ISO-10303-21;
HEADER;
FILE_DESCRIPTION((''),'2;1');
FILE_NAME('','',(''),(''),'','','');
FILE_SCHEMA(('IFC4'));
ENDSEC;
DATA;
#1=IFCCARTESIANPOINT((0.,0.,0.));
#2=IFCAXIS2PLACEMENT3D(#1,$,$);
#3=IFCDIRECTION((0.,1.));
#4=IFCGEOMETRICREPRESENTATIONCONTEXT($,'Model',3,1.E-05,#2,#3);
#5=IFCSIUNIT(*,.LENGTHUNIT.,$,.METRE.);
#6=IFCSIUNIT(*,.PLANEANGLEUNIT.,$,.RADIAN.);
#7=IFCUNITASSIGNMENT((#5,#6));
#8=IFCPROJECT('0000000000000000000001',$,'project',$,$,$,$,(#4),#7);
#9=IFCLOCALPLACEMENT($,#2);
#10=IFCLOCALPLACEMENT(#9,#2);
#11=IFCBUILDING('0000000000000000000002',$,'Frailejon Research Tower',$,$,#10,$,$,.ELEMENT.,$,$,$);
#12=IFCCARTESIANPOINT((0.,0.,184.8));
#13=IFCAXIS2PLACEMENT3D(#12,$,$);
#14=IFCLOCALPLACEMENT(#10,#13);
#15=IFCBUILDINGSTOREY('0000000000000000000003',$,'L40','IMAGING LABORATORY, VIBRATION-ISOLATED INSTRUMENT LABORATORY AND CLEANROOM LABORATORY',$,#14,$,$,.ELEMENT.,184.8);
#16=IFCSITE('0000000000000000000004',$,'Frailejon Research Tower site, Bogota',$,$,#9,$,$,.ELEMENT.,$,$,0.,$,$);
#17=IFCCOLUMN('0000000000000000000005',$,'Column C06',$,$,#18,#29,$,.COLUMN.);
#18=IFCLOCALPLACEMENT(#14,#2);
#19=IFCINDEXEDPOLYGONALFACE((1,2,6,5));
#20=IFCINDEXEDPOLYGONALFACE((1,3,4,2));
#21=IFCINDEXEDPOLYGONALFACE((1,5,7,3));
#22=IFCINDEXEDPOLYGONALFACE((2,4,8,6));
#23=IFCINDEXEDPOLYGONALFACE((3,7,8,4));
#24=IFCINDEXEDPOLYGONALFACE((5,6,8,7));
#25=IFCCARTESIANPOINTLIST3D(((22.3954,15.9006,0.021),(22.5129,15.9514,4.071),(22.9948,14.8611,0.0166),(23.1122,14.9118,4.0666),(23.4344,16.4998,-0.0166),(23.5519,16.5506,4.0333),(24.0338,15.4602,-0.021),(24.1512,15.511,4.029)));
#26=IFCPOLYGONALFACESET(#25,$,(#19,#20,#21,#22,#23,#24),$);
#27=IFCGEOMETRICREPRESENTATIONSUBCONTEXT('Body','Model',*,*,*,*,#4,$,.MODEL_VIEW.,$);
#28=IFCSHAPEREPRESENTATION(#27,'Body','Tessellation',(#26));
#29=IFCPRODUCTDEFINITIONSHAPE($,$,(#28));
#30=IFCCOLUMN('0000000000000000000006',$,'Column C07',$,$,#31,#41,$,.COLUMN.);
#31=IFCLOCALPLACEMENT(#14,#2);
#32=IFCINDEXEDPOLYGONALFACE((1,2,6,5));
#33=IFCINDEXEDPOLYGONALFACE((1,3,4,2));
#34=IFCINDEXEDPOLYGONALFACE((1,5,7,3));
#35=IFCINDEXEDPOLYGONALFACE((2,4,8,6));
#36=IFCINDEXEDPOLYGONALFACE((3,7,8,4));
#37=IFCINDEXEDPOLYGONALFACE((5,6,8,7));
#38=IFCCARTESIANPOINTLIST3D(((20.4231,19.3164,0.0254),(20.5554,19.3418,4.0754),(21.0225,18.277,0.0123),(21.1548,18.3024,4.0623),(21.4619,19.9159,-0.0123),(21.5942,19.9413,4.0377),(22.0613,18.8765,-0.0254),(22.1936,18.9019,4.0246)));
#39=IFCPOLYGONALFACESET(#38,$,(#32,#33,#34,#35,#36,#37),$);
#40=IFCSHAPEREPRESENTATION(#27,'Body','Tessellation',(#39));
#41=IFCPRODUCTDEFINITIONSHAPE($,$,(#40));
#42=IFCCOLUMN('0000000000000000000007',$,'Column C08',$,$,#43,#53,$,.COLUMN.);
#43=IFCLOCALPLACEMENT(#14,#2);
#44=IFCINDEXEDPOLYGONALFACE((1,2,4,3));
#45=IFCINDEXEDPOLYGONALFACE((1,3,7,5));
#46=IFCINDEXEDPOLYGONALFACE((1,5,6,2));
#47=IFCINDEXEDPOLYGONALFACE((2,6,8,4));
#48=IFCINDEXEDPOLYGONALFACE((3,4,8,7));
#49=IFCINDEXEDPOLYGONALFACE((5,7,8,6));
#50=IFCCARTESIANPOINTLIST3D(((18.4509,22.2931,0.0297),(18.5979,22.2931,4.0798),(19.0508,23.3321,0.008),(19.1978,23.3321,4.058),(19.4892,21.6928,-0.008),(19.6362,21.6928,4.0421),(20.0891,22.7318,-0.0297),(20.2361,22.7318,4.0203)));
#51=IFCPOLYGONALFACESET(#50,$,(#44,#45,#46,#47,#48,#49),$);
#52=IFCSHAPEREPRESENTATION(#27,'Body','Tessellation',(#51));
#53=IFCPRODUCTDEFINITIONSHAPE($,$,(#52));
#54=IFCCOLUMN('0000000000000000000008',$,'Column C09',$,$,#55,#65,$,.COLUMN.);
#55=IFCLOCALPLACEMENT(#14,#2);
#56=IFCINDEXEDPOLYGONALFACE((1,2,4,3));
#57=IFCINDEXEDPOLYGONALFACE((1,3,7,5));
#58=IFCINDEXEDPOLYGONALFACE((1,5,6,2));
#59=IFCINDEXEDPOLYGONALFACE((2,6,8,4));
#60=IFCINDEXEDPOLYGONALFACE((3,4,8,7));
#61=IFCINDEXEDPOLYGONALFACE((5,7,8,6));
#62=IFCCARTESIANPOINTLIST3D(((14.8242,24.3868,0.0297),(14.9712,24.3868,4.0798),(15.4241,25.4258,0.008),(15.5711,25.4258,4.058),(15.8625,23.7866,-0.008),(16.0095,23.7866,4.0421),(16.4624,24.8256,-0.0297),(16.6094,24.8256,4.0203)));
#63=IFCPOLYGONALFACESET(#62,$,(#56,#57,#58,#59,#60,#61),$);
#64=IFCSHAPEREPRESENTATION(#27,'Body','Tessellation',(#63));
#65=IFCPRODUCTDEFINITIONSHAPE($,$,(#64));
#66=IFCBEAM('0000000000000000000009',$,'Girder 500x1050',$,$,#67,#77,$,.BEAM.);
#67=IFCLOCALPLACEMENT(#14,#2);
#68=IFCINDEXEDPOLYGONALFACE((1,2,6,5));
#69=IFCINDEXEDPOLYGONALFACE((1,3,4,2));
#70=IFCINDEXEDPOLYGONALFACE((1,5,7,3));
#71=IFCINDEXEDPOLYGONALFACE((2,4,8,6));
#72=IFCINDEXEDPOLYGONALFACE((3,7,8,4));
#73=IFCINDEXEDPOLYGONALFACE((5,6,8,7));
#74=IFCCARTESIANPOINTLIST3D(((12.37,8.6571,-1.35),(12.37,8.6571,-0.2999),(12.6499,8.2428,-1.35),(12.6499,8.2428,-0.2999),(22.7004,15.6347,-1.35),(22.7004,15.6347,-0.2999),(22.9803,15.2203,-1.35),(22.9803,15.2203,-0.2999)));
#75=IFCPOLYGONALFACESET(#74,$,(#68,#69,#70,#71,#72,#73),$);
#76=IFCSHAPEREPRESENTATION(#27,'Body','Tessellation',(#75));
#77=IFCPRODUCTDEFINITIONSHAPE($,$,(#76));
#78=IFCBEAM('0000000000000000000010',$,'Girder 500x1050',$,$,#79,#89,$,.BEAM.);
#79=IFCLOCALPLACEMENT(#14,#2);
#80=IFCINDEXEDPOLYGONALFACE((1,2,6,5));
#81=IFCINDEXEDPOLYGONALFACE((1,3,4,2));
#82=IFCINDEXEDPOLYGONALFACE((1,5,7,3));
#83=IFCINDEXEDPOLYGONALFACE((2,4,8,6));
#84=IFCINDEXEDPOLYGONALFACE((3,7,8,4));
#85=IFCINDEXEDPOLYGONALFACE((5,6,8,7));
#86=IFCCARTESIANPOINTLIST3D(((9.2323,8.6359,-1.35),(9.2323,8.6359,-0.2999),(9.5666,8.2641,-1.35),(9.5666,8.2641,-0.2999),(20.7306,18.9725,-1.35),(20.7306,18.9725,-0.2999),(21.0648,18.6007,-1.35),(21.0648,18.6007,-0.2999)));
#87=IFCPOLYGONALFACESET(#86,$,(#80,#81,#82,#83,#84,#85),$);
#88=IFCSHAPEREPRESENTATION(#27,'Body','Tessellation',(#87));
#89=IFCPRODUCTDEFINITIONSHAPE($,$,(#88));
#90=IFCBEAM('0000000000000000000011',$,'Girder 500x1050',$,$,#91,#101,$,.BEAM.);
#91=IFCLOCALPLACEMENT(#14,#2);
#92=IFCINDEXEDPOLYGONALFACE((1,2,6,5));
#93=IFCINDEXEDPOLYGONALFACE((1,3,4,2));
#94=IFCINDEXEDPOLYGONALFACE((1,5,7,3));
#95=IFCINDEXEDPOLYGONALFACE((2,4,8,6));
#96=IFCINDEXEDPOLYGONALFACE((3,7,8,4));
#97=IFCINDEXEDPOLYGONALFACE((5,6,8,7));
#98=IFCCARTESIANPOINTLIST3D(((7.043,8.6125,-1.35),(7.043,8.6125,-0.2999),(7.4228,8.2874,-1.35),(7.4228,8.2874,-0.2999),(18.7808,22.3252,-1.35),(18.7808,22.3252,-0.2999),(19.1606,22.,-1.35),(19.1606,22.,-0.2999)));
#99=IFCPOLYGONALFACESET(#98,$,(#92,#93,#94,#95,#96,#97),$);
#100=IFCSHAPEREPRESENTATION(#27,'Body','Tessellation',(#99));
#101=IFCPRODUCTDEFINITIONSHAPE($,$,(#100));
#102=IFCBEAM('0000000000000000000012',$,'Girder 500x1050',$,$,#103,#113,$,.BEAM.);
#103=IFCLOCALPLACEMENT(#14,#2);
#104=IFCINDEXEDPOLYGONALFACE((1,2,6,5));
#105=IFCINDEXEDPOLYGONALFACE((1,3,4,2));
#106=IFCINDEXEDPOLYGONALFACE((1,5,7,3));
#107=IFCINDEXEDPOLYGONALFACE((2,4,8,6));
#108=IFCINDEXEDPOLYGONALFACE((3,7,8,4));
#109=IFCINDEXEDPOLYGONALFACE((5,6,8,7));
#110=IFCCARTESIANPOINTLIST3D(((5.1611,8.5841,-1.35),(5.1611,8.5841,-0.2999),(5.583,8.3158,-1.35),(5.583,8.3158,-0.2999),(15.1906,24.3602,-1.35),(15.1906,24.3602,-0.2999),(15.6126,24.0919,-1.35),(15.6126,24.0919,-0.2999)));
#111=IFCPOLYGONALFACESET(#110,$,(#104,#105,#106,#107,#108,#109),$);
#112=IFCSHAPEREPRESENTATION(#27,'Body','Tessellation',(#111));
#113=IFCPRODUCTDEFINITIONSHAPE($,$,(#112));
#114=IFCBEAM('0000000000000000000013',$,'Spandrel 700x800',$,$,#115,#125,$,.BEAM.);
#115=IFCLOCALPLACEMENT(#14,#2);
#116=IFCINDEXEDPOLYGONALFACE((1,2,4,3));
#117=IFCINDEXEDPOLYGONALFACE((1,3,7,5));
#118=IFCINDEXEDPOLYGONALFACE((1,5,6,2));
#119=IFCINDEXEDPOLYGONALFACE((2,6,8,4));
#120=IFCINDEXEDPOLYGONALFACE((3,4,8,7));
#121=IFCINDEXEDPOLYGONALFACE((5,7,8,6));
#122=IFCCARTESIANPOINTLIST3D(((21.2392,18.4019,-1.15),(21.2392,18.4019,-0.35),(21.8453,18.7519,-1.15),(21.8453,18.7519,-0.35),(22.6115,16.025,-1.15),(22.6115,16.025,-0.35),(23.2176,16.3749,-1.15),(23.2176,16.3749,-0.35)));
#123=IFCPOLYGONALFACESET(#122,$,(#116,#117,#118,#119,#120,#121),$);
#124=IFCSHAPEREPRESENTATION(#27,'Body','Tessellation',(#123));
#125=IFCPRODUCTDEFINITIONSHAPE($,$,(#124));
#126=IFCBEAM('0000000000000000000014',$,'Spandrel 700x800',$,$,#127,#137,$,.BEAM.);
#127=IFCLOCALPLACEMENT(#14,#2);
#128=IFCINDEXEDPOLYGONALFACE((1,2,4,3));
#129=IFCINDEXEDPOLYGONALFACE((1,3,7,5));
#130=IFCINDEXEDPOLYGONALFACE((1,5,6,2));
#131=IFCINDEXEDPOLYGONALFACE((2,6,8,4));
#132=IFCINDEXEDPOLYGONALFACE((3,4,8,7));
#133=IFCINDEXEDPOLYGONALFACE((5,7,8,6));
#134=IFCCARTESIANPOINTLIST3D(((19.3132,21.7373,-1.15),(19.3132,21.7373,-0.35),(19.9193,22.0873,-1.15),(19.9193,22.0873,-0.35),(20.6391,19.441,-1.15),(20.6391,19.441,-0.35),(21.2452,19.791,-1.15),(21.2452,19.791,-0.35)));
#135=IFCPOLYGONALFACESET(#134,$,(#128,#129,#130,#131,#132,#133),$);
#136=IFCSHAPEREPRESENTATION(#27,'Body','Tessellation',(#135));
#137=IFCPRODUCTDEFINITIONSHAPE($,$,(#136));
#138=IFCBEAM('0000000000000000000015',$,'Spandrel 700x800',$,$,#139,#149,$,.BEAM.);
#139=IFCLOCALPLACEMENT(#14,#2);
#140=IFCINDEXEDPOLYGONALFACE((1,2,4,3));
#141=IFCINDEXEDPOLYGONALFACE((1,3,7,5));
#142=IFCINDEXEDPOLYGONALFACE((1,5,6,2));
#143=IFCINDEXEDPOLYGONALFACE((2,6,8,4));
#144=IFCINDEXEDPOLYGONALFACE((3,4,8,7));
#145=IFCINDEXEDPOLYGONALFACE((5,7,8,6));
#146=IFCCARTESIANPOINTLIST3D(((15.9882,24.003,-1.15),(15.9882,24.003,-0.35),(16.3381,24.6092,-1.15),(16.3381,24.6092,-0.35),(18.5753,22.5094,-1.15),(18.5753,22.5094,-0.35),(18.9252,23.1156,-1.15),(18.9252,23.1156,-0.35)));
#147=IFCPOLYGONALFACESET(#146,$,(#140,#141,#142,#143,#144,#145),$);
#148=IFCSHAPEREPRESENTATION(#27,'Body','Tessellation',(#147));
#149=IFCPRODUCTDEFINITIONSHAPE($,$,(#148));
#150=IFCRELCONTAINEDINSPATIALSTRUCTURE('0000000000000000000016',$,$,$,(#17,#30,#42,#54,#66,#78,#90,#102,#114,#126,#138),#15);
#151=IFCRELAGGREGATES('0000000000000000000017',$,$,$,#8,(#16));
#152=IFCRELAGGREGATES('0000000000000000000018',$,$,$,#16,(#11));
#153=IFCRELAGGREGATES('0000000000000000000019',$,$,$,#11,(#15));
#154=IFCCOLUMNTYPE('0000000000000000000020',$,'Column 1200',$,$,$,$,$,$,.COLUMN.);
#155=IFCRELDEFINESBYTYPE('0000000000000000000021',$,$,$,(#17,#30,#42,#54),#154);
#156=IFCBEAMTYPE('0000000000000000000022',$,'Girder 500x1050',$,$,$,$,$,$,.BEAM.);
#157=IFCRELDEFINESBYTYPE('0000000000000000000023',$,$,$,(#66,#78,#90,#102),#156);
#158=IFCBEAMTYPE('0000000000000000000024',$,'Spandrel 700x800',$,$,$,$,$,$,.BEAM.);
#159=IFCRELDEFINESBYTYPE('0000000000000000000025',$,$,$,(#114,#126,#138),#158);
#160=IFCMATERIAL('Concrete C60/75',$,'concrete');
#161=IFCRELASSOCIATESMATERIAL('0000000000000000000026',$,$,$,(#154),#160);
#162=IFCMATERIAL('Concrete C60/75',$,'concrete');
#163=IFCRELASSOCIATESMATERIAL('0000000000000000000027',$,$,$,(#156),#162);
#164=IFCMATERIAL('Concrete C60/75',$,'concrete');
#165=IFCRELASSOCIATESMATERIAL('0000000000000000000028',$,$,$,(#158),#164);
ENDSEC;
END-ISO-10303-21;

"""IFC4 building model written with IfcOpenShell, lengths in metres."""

from ifc_helpers import new_model, si_unit, direction, frame, origin, origin_2d, place, context, subcontext, project, spatial, rectangle, extrude, material, material_profile, profile_set, type_object, element, save


model = new_model("IFC4")

# Units and contexts
model_context = context("Model", 3, precision=1e-05, world=origin(), true_north=direction((0.0, 1.0)))
body_context = subcontext(model_context, "Body", "Model", "MODEL_VIEW")
ifc_project = project(units=[si_unit("LENGTHUNIT", "METRE"), si_unit("PLANEANGLEUNIT", "RADIAN")], contexts=[model_context])

# Site, building, storey
site_placement = place(None, origin())
site = spatial("IfcSite", under=ifc_project, at=site_placement, Name="Frailejon Research Tower site, Bogota", CompositionType="ELEMENT", RefElevation=0.0)
building_placement = place(site_placement, origin())
building = spatial("IfcBuilding", under=site, at=building_placement, Name="Frailejon Research Tower", CompositionType="ELEMENT")
storey_placement = place(building_placement, frame((0.0, 0.0, 184.8)))
storey = spatial("IfcBuildingStorey", under=building, at=storey_placement, Name="L40", Description="IMAGING LABORATORY, VIBRATION-ISOLATED INSTRUMENT LABORATORY AND CLEANROOM LABORATORY", CompositionType="ELEMENT", Elevation=184.8)

# Columns
ifc_material_1 = material(Name="Concrete C60/75", Category="concrete")
ifc_material_profile_1 = material_profile(ifc_material_1, rectangle(XDim=1.2, YDim=1.2, at=origin_2d()), Name="Column 1200")
ifc_profile_set_1 = profile_set([ifc_material_profile_1], Name="Concrete C60/75")
column_type = type_object("IfcColumnType", Name="Column 1200", PredefinedType="COLUMN", material=ifc_profile_set_1)
column_1_placement = place(storey_placement, frame((23.2146, 15.6804, 0.0), z_axis=(0.028981, 0.012532, 0.999501), x_axis=(-0.49945, 0.866335, 0.003619)))
element("IfcColumn", 1, at=column_1_placement, inside=storey, type_object=column_type, Name="Column C06", PredefinedType="COLUMN", context=body_context, shape_type="SweptSolid", body=[
    extrude(rectangle(XDim=1.2, YDim=1.2, at=origin_2d()), origin(), (0.0, 0.0, 1.0), 4.052),
])
column_2_placement = place(storey_placement, frame((21.2422, 19.0964, 0.0), z_axis=(0.032654, 0.006266, 0.999447), x_axis=(-0.49952, 0.866234, 0.01089)))
element("IfcColumn", 2, at=column_2_placement, inside=storey, type_object=column_type, Name="Column C07", PredefinedType="COLUMN", context=body_context, shape_type="SweptSolid", body=[
    extrude(rectangle(XDim=1.2, YDim=1.2, at=origin_2d()), origin(), (0.0, 0.0, 1.0), 4.0522),
])
for number, where, z_axis, x_axis, name in (
    (3, (19.27, 22.5125, 0.0), (0.036265, 0.0, 0.999342), (-0.865314, 0.500246, 0.031401), "Column C08"),
    (4, (15.6433, 24.6062, 0.0), (0.036265, 0.0, 0.999342), (-0.865314, 0.500246, 0.031401), "Column C09"),
):
    element("IfcColumn", number, at=place(storey_placement, frame(where, z_axis=z_axis, x_axis=x_axis)), inside=storey, type_object=column_type, Name=name, PredefinedType="COLUMN", context=body_context, shape_type="SweptSolid", body=[
        extrude(rectangle(XDim=1.2, YDim=1.2, at=origin_2d()), origin(), (0.0, 0.0, 1.0), 4.0527),
    ])

# Beams
ifc_material_2 = material(Name="Concrete C60/75", Category="concrete")
ifc_material_profile_2 = material_profile(ifc_material_2, rectangle(XDim=0.5, YDim=1.05, at=origin_2d()), Name="Girder 500x1050")
ifc_profile_set_2 = profile_set([ifc_material_profile_2], Name="Concrete C60/75")
beam_type_1 = type_object("IfcBeamType", Name="Girder 500x1050", PredefinedType="BEAM", material=ifc_profile_set_2)
beam_1_placement = place(storey_placement, frame((22.8403, 15.4275, -0.825), z_axis=(-0.828679, -0.559725, 0.0), x_axis=(0.559725, -0.828679, 0.0)))
element("IfcBeam", 5, at=beam_1_placement, inside=storey, type_object=beam_type_1, Name="Girder 500x1050", PredefinedType="BEAM", context=body_context, shape_type="SweptSolid", body=[
    extrude(rectangle(XDim=0.5, YDim=1.05, at=origin_2d()), origin(), (0.0, 0.0, 1.0), 12.4661),
])
beam_2_placement = place(storey_placement, frame((20.8977, 18.7866, -0.825), z_axis=(-0.743673, -0.668543, 0.0), x_axis=(0.668543, -0.743673, 0.0)))
element("IfcBeam", 6, at=beam_2_placement, inside=storey, type_object=beam_type_1, Name="Girder 500x1050", PredefinedType="BEAM", context=body_context, shape_type="SweptSolid", body=[
    extrude(rectangle(XDim=0.5, YDim=1.05, at=origin_2d()), origin(), (0.0, 0.0, 1.0), 15.4614),
])
beam_3_placement = place(storey_placement, frame((18.9707, 22.1626, -0.825), z_axis=(-0.650283, -0.759692, 0.0), x_axis=(0.759692, -0.650283, 0.0)))
element("IfcBeam", 7, at=beam_3_placement, inside=storey, type_object=beam_type_1, Name="Girder 500x1050", PredefinedType="BEAM", context=body_context, shape_type="SweptSolid", body=[
    extrude(rectangle(XDim=0.5, YDim=1.05, at=origin_2d()), origin(), (0.0, 0.0, 1.0), 18.0503),
])
beam_4_placement = place(storey_placement, frame((15.4016, 24.2261, -0.825), z_axis=(-0.536502, -0.843899, 0.0), x_axis=(0.843899, -0.536502, 0.0)))
element("IfcBeam", 8, at=beam_4_placement, inside=storey, type_object=beam_type_1, Name="Girder 500x1050", PredefinedType="BEAM", context=body_context, shape_type="SweptSolid", body=[
    extrude(rectangle(XDim=0.5, YDim=1.05, at=origin_2d()), origin(), (0.0, 0.0, 1.0), 18.6943),
])
ifc_material_3 = material(Name="Concrete C60/75", Category="concrete")
ifc_material_profile_3 = material_profile(ifc_material_3, rectangle(XDim=0.7, YDim=0.8, at=origin_2d()), Name="Spandrel 700x800")
ifc_profile_set_3 = profile_set([ifc_material_profile_3], Name="Concrete C60/75")
beam_type_2 = type_object("IfcBeamType", Name="Spandrel 700x800", PredefinedType="BEAM", material=ifc_profile_set_3)
beam_5_placement = place(storey_placement, frame((22.9146, 16.2, -0.75), z_axis=(-0.499995, 0.866029, 0.0), x_axis=(-0.866029, -0.499995, 0.0)))
element("IfcBeam", 9, at=beam_5_placement, inside=storey, type_object=beam_type_2, Name="Spandrel 700x800", PredefinedType="BEAM", context=body_context, shape_type="SweptSolid", body=[
    extrude(rectangle(XDim=0.7, YDim=0.8, at=origin_2d()), origin(), (0.0, 0.0, 1.0), 2.7446),
])
beam_6_placement = place(storey_placement, frame((20.9421, 19.616, -0.75), z_axis=(-0.500031, 0.866008, 0.0), x_axis=(-0.866008, -0.500031, 0.0)))
element("IfcBeam", 10, at=beam_6_placement, inside=storey, type_object=beam_type_2, Name="Spandrel 700x800", PredefinedType="BEAM", context=body_context, shape_type="SweptSolid", body=[
    extrude(rectangle(XDim=0.7, YDim=0.8, at=origin_2d()), origin(), (0.0, 0.0, 1.0), 2.6516),
])
beam_7_placement = place(storey_placement, frame((18.7502, 22.8125, -0.75), z_axis=(-0.866032, 0.499989, 0.0), x_axis=(-0.499989, -0.866032, 0.0)))
element("IfcBeam", 11, at=beam_7_placement, inside=storey, type_object=beam_type_2, Name="Spandrel 700x800", PredefinedType="BEAM", context=body_context, shape_type="SweptSolid", body=[
    extrude(rectangle(XDim=0.7, YDim=0.8, at=origin_2d()), origin(), (0.0, 0.0, 1.0), 2.9873),
])

save(model, "model.ifc")
